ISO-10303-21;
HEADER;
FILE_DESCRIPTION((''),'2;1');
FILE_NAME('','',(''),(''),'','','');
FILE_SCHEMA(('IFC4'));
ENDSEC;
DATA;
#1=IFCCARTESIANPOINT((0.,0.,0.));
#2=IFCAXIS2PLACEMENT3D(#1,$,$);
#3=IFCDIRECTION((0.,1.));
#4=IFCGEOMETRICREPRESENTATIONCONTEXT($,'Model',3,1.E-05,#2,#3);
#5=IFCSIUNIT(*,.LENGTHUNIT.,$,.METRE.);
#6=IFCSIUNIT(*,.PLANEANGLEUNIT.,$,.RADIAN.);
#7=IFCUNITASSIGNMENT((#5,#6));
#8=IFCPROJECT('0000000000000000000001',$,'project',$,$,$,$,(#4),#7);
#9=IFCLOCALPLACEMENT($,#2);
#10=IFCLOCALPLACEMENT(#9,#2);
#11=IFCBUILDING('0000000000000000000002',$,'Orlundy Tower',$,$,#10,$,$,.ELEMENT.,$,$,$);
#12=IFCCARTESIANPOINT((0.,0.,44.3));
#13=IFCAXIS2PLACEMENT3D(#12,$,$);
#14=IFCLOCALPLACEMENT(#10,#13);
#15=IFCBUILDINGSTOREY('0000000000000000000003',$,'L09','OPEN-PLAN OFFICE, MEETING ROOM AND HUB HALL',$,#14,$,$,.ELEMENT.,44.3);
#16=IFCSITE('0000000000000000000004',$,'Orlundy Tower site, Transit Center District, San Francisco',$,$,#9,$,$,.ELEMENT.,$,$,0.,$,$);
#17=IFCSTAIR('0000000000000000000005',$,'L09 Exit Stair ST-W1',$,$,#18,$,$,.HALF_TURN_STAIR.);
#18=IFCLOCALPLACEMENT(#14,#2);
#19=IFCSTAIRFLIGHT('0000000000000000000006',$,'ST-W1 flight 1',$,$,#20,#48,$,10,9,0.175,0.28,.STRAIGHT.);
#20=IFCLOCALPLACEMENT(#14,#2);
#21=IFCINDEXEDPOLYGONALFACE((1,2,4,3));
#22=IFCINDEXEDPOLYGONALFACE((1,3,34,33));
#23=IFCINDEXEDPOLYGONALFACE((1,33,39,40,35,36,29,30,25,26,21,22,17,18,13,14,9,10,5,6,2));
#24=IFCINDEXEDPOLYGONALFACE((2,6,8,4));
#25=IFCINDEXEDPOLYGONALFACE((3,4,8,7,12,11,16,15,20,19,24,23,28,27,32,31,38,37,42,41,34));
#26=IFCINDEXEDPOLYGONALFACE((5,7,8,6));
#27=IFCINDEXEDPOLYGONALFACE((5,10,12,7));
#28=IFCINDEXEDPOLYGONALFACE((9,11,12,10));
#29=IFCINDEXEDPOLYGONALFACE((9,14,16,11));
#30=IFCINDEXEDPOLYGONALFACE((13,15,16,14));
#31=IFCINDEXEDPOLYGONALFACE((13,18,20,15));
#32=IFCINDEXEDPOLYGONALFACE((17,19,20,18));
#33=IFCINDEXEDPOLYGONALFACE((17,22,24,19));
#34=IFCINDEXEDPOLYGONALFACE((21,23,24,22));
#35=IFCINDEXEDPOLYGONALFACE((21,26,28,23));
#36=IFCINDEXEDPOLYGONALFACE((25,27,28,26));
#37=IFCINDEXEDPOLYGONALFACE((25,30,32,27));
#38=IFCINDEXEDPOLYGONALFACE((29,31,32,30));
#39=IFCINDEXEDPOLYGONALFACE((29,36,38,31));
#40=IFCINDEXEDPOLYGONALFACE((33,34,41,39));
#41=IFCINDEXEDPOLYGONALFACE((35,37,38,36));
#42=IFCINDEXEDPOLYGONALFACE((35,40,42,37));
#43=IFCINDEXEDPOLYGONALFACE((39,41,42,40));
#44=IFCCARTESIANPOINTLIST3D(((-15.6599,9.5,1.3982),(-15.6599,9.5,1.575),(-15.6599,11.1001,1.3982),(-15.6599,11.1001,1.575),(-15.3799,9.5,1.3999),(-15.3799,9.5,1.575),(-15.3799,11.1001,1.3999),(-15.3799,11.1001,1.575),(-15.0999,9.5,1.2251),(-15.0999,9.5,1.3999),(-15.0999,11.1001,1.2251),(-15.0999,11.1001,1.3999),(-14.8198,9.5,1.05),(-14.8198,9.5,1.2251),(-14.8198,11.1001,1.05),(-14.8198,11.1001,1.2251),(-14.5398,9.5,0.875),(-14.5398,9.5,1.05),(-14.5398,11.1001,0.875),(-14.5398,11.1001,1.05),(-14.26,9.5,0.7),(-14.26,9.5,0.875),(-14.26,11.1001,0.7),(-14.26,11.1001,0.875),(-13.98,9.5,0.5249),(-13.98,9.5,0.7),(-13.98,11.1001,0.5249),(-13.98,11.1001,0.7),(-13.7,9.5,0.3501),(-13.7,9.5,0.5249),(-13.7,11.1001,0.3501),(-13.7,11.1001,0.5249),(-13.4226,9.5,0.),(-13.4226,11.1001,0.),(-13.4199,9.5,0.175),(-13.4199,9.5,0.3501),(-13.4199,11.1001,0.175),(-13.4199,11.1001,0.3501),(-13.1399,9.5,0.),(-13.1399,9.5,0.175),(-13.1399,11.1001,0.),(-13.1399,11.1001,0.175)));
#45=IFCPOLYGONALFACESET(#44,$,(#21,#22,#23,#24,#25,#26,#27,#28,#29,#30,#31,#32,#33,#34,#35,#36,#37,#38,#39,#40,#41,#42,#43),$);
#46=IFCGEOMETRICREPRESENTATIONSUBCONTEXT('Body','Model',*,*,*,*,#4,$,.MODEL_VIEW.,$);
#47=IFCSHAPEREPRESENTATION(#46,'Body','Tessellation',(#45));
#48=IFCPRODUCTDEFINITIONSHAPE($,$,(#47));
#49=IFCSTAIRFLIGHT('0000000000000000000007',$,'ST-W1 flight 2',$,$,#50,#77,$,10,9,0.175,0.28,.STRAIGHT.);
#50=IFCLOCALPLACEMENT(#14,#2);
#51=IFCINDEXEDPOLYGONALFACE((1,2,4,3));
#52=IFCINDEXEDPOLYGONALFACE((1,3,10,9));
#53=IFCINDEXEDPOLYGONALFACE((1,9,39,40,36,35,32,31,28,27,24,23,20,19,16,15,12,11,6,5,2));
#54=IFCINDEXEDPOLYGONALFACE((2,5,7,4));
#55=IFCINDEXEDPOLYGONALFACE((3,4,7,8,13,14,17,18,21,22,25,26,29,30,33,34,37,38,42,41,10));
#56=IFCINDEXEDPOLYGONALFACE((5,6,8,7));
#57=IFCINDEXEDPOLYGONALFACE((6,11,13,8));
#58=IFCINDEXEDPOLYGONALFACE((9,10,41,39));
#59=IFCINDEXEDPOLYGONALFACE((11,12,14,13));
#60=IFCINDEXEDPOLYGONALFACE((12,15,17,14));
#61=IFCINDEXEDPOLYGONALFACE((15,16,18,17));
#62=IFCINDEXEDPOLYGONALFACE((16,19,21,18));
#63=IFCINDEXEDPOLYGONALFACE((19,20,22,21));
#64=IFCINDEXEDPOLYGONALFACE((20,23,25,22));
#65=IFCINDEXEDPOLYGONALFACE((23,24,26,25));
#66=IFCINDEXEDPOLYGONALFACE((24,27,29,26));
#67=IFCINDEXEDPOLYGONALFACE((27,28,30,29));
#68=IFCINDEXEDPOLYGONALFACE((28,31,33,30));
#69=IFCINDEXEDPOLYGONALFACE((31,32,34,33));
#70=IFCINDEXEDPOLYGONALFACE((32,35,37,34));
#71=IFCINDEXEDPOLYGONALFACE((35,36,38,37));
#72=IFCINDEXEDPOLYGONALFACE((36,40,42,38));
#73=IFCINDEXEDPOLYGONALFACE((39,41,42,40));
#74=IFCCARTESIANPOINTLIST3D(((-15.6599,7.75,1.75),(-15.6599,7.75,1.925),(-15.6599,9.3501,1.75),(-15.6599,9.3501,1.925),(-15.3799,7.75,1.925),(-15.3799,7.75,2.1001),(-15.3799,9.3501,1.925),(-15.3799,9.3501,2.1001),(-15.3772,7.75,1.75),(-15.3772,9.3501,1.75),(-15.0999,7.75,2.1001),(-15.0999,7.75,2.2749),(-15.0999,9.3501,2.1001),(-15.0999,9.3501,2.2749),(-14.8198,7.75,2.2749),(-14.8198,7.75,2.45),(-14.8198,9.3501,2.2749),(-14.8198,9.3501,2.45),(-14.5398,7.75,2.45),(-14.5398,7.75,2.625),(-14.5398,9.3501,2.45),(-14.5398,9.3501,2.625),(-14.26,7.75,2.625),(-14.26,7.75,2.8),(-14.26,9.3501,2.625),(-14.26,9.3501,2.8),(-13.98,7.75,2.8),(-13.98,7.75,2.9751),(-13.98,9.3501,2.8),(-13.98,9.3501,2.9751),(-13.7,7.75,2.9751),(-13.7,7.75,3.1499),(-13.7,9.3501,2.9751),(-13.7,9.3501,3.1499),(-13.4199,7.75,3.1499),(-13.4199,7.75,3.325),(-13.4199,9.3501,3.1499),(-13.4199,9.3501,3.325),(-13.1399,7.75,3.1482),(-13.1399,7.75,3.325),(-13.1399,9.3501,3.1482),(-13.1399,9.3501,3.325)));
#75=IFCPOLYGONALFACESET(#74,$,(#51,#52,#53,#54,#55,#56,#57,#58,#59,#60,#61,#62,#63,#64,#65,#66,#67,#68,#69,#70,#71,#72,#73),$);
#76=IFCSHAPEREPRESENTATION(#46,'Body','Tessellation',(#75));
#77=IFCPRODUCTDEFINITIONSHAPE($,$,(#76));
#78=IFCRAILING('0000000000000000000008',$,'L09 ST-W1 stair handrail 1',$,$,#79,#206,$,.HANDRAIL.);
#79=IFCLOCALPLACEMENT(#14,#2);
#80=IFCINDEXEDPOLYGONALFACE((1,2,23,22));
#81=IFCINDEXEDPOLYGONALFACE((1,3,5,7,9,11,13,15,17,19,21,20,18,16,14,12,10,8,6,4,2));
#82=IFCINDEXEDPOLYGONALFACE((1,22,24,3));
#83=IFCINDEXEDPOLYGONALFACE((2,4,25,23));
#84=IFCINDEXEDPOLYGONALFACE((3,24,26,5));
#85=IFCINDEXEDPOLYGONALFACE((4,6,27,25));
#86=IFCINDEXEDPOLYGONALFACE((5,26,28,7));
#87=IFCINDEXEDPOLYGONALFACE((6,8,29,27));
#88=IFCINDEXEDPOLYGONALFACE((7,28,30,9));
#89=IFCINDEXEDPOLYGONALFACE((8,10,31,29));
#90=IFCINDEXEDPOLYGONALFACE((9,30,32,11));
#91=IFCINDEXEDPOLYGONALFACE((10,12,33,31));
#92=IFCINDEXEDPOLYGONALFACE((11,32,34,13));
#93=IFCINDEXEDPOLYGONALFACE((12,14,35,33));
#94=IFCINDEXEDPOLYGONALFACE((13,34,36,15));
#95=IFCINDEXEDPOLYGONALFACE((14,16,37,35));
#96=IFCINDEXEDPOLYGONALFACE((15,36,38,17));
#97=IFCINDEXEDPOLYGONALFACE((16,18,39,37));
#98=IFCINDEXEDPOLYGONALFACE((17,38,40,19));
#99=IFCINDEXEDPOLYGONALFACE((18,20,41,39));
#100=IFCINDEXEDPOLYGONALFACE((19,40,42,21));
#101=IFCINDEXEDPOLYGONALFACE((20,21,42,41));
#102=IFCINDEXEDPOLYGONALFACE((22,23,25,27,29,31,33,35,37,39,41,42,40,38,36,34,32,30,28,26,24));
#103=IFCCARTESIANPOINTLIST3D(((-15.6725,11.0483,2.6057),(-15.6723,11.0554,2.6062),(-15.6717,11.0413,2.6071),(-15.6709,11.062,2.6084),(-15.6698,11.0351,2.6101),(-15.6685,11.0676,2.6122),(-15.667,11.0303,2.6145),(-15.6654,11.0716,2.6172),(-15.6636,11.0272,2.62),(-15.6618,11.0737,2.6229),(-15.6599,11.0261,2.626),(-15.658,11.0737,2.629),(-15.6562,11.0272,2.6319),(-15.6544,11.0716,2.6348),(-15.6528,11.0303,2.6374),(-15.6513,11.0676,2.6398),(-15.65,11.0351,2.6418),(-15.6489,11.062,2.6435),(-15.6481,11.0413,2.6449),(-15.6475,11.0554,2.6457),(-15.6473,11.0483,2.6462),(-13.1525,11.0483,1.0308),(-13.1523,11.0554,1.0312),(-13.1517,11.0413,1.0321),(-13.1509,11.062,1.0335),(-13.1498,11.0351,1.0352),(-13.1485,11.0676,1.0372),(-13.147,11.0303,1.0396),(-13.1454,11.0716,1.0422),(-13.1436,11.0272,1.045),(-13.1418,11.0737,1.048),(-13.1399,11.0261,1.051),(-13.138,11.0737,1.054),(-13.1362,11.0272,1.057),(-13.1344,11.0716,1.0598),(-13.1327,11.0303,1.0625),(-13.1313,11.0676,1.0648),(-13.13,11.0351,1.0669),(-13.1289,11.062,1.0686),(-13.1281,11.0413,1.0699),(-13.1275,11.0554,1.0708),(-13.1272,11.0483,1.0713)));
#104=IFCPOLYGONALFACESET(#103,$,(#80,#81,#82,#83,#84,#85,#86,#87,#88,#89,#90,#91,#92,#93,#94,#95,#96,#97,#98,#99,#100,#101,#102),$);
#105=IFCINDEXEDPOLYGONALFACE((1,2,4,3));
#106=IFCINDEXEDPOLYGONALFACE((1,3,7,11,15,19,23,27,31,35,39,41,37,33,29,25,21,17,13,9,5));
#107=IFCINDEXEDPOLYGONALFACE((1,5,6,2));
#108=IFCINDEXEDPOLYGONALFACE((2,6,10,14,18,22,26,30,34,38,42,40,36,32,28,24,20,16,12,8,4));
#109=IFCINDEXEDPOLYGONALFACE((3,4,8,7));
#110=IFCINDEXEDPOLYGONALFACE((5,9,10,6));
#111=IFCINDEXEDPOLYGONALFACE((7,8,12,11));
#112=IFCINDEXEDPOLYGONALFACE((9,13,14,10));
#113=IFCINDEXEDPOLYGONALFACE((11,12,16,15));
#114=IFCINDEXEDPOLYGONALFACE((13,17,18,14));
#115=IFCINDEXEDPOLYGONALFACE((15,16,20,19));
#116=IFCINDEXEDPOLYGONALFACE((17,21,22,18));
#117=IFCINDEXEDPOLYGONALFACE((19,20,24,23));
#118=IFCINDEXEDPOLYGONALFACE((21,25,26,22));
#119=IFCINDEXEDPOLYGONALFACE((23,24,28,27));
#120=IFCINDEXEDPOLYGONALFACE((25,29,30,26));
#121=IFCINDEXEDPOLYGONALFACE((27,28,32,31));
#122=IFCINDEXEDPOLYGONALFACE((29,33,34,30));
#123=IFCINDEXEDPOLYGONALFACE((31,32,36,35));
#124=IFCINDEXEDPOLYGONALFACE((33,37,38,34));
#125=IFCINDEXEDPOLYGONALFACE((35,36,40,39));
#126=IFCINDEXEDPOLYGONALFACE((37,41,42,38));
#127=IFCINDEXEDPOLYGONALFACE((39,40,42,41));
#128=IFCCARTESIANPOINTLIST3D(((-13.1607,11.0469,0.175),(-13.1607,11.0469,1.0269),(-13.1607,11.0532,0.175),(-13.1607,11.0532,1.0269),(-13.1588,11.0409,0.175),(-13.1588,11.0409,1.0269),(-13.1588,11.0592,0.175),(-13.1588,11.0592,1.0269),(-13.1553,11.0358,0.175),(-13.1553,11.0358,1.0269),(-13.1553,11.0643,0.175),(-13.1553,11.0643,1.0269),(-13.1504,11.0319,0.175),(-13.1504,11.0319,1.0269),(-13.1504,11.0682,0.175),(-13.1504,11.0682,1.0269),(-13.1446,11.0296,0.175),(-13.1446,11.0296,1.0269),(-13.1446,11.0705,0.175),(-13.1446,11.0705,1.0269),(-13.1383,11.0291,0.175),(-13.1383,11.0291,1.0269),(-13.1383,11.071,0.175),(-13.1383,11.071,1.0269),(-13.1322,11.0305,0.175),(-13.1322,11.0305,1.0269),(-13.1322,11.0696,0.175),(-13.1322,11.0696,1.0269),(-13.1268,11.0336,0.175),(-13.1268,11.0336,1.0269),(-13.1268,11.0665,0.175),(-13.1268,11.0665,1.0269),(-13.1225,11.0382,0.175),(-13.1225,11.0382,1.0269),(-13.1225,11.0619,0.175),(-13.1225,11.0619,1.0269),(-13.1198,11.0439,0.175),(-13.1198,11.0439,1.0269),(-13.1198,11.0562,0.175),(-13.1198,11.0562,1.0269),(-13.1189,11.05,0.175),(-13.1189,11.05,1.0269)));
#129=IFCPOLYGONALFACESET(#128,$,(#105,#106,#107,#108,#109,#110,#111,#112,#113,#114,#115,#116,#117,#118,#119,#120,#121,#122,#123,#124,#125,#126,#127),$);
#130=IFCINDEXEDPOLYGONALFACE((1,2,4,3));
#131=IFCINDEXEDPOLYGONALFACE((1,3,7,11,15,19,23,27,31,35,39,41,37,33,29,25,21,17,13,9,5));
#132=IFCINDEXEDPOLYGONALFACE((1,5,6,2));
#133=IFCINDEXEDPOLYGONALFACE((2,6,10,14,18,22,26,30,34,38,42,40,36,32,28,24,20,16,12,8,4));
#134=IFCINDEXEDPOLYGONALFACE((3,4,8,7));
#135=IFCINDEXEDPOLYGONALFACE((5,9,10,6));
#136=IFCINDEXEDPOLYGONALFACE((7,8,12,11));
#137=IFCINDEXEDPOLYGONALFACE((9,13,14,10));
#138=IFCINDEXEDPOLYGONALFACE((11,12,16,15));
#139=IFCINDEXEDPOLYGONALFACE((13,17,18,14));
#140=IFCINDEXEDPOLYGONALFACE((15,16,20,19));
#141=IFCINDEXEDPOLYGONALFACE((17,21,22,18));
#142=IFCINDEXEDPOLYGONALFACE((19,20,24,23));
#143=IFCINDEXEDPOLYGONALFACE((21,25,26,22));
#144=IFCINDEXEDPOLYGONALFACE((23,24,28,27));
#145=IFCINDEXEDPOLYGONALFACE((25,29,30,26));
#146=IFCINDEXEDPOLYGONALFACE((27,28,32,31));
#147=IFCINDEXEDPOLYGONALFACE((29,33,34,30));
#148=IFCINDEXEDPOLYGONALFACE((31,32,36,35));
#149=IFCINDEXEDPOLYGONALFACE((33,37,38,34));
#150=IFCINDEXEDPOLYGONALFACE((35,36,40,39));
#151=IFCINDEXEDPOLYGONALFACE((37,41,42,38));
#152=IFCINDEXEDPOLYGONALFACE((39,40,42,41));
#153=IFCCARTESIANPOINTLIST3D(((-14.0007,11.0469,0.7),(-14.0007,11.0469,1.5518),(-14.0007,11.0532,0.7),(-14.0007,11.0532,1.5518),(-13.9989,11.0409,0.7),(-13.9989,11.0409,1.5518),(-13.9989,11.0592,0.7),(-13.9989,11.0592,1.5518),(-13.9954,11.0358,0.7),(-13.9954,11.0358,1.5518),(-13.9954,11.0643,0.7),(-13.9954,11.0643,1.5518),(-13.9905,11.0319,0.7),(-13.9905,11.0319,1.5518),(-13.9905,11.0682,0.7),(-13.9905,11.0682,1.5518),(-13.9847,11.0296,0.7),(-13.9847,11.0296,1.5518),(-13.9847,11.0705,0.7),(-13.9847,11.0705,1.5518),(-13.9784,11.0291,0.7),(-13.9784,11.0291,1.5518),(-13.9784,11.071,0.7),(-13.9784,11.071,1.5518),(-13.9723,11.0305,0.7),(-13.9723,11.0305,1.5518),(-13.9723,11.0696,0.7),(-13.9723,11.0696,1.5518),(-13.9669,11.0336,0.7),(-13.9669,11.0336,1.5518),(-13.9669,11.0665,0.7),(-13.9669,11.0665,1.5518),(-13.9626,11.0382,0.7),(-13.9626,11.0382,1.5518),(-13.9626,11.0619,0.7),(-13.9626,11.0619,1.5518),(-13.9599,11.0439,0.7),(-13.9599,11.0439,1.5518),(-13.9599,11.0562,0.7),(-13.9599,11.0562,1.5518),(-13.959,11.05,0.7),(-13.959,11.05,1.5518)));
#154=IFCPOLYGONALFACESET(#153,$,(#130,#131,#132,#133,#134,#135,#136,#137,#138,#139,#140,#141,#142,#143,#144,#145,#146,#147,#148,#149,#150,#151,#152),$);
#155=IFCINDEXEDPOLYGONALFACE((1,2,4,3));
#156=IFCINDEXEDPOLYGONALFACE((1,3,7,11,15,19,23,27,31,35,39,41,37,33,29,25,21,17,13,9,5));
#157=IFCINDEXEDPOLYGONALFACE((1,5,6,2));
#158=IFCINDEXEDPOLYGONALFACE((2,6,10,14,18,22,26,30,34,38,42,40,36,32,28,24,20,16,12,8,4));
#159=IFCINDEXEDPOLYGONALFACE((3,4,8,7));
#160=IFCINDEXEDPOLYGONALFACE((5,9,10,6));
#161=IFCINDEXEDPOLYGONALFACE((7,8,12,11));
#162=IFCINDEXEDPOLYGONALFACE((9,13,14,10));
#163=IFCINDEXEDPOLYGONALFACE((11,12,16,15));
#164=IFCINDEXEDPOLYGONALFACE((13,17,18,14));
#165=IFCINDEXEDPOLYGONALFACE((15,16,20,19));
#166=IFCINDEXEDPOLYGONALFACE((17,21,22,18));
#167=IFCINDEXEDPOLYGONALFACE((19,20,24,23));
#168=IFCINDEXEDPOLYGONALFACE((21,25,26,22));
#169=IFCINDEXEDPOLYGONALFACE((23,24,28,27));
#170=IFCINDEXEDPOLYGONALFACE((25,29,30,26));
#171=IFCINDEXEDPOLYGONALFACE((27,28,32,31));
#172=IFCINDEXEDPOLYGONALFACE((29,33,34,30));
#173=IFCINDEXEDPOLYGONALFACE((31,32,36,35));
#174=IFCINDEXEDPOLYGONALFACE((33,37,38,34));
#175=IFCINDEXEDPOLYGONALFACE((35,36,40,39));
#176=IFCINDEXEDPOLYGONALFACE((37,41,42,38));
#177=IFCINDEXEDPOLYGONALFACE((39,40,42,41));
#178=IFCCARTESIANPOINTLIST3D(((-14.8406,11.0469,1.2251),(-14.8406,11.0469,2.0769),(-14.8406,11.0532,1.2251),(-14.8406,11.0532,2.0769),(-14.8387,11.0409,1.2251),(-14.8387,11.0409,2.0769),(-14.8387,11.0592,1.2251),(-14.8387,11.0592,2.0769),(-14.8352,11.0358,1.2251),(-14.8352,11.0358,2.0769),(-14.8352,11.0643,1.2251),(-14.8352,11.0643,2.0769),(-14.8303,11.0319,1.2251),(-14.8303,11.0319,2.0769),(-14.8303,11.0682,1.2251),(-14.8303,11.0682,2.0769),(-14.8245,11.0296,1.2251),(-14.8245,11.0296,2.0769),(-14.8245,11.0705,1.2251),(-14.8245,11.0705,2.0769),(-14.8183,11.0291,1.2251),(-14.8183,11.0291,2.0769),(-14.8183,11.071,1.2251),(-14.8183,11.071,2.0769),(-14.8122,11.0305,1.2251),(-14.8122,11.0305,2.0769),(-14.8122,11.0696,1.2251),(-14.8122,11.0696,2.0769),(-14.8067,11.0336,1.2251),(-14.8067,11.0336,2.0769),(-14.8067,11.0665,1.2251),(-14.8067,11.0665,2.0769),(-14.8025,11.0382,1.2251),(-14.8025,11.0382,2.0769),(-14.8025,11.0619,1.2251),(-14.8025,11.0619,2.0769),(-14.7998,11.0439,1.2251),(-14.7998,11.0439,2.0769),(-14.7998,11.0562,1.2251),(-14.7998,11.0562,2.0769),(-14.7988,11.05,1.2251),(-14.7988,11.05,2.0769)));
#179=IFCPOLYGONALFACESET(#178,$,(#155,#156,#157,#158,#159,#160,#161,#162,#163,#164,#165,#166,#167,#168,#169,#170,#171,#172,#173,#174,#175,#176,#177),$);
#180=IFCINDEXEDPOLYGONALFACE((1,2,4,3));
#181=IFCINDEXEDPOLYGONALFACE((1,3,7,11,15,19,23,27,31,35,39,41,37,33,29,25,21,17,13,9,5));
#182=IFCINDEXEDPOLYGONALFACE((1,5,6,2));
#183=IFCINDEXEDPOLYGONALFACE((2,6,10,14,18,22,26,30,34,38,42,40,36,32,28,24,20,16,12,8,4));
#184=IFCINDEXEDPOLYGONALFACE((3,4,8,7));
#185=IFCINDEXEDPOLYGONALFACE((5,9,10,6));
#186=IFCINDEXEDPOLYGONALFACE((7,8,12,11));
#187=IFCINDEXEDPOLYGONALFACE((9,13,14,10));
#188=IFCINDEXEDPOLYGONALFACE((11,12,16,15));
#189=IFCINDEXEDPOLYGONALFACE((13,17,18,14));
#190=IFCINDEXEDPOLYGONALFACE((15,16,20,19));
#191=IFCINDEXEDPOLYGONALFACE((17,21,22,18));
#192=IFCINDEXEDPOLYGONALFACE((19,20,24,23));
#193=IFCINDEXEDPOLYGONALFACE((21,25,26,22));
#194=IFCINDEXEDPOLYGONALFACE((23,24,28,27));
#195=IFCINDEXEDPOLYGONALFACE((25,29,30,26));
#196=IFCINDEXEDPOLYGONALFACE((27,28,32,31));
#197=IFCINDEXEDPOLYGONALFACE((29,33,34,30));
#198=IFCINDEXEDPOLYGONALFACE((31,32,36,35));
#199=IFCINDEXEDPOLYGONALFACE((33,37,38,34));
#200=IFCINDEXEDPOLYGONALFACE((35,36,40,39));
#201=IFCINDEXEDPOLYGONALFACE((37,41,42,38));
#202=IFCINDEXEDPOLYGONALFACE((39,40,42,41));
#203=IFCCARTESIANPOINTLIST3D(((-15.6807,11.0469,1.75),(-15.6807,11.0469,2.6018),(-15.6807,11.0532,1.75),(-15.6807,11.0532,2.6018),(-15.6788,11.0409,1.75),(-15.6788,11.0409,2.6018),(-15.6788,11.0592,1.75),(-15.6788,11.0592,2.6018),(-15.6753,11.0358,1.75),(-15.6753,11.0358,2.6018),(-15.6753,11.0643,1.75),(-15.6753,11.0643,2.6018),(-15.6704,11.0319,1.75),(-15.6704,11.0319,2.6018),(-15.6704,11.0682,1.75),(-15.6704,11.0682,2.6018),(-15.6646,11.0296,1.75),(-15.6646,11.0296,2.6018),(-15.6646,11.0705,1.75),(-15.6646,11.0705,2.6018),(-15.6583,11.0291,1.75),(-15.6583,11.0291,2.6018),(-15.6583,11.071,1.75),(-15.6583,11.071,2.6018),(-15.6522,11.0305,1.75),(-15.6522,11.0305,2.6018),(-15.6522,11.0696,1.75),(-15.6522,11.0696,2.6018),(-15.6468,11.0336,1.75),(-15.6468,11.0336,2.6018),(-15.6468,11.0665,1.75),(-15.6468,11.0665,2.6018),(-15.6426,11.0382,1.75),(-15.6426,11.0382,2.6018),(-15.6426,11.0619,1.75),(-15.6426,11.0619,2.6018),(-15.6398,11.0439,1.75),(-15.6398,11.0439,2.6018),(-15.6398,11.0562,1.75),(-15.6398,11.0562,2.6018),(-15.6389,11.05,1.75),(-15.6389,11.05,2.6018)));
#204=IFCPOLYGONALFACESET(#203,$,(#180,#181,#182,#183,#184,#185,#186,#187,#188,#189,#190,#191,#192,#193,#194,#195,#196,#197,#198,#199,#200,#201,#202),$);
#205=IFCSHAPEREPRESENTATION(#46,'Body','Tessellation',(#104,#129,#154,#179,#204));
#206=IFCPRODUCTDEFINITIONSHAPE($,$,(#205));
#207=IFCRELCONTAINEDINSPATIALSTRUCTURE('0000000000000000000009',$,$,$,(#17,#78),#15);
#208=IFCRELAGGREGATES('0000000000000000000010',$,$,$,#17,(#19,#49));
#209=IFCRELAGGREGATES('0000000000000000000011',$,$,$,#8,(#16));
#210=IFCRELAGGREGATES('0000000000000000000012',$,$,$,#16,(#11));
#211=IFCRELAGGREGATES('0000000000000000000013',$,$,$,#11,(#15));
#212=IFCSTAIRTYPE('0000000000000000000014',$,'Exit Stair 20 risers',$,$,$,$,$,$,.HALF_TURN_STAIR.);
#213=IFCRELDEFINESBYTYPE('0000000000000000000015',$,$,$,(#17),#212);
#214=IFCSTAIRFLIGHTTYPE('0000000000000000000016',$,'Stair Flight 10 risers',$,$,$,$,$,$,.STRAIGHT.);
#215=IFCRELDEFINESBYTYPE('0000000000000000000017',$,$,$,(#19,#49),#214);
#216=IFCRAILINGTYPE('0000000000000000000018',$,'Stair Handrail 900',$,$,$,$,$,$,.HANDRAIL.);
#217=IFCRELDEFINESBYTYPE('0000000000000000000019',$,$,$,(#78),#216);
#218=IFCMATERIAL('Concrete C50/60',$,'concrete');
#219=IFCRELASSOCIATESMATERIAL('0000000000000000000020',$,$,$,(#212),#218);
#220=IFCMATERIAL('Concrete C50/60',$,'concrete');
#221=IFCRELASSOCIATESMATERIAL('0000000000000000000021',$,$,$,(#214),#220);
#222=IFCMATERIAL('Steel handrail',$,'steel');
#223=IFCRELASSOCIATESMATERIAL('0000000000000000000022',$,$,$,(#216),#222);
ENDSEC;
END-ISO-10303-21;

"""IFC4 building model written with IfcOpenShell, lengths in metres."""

from ifc_helpers import new_model, si_unit, direction, frame, origin, origin_2d, place, context, subcontext, project, spatial, polyline, circle, outline, extrude, material, type_object, element, aggregate, save


model = new_model("IFC4")

# Units and contexts
model_context = context("Model", 3, precision=1e-05, world=origin(), true_north=direction((0.0, 1.0)))
body_context = subcontext(model_context, "Body", "Model", "MODEL_VIEW")
ifc_project = project(units=[si_unit("LENGTHUNIT", "METRE"), si_unit("PLANEANGLEUNIT", "RADIAN")], contexts=[model_context])

# Site, building, storey
site_placement = place(None, origin())
site = spatial("IfcSite", under=ifc_project, at=site_placement, Name="Orlundy Tower site, Transit Center District, San Francisco", CompositionType="ELEMENT", RefElevation=0.0)
building_placement = place(site_placement, origin())
building = spatial("IfcBuilding", under=site, at=building_placement, Name="Orlundy Tower", CompositionType="ELEMENT")
storey_placement = place(building_placement, frame((0.0, 0.0, 44.3)))
storey = spatial("IfcBuildingStorey", under=building, at=storey_placement, Name="L09", Description="OPEN-PLAN OFFICE, MEETING ROOM AND HUB HALL", CompositionType="ELEMENT", Elevation=44.3)

# Stair, stair flights
ifc_material_1 = material(Name="Concrete C50/60", Category="concrete")
stair_type = type_object("IfcStairType", Name="Exit Stair 20 risers", PredefinedType="HALF_TURN_STAIR", material=ifc_material_1)
stair_placement = place(storey_placement, origin())
stair = element("IfcStair", 1, at=stair_placement, inside=storey, type_object=stair_type, Name="L09 Exit Stair ST-W1", PredefinedType="HALF_TURN_STAIR")
ifc_material_2 = material(Name="Concrete C50/60", Category="concrete")
stair_flight_type = type_object("IfcStairFlightType", Name="Stair Flight 10 risers", PredefinedType="STRAIGHT", material=ifc_material_2)
stair_flight_1_placement = place(storey_placement, frame((-13.1399, 10.3, 0.0), z_axis=(0.0, 0.0, 1.0), x_axis=(-1.0, 0.0, 0.0)))
stair_flight_1 = element("IfcStairFlight", 2, at=stair_flight_1_placement, type_object=stair_flight_type, Name="ST-W1 flight 1", NumberOfRisers=10, NumberOfTreads=9, PredefinedType="STRAIGHT", RiserHeight=0.175, TreadLength=0.28, context=body_context, shape_type="SweptSolid", body=[
    extrude(outline(polyline([(0.0, 0.0), (0.0, 0.175), (0.28, 0.175), (0.28, 0.3501), (0.5601, 0.3501), (0.5601, 0.5249), (0.8401, 0.5249), (0.8401, 0.7), (1.1201, 0.7), (1.1201, 0.875), (1.3999, 0.875), (1.3999, 1.05), (1.6799, 1.05), (1.6799, 1.2251), (1.96, 1.2251), (1.96, 1.3999), (2.24, 1.3999), (2.24, 1.575), (2.52, 1.575), (2.52, 1.75), (2.52, 1.3982), (0.2827, 0.0), (0.0, 0.0)])), frame((0.0, 0.8, 0.0), z_axis=(0.0, -1.0, 0.0), x_axis=(1.0, 0.0, 0.0)), (0.0, 0.0, 1.0), 1.6001),
])
stair_flight_2_placement = place(storey_placement, frame((-15.6599, 8.55, 1.75), z_axis=(0.0, 0.0, 1.0), x_axis=(1.0, 0.0, 0.0)))
stair_flight_2 = element("IfcStairFlight", 3, at=stair_flight_2_placement, type_object=stair_flight_type, Name="ST-W1 flight 2", NumberOfRisers=10, NumberOfTreads=9, PredefinedType="STRAIGHT", RiserHeight=0.175, TreadLength=0.28, context=body_context, shape_type="SweptSolid", body=[
    extrude(outline(polyline([(0.0, 0.0), (0.0, 0.175), (0.28, 0.175), (0.28, 0.3501), (0.5601, 0.3501), (0.5601, 0.5249), (0.8401, 0.5249), (0.8401, 0.7), (1.1201, 0.7), (1.1201, 0.875), (1.3999, 0.875), (1.3999, 1.05), (1.6799, 1.05), (1.6799, 1.2251), (1.96, 1.2251), (1.96, 1.3999), (2.24, 1.3999), (2.24, 1.575), (2.52, 1.575), (2.52, 1.75), (2.52, 1.3982), (0.2827, 0.0), (0.0, 0.0)])), frame((0.0, 0.8, 0.0), z_axis=(0.0, -1.0, 0.0), x_axis=(1.0, 0.0, 0.0)), (0.0, 0.0, 1.0), 1.6001),
])
aggregate(stair, [stair_flight_1, stair_flight_2])

# Railing
ifc_material_3 = material(Name="Steel handrail", Category="steel")
railing_type_1 = type_object("IfcRailingType", Name="Stair Handrail 900", PredefinedType="HANDRAIL", material=ifc_material_3)
railing_1_placement = place(storey_placement, frame((-13.1399, 11.05, 0.175)))
element("IfcRailing", 4, at=railing_1_placement, inside=storey, type_object=railing_type_1, Name="L09 ST-W1 stair handrail 1", PredefinedType="HANDRAIL", context=body_context, shape_type="SweptSolid", body=[
    extrude(circle(Radius=0.0239, at=origin_2d()), frame((0.0, 0.0, 0.876), z_axis=(-0.848008, 0.0, 0.529984), x_axis=(0.0, -1.0, 0.0)), (0.0, 0.0, 1.0), 2.9717),
    extrude(circle(Radius=0.021, at=origin_2d()), origin(), (0.0, 0.0, 1.0), 0.8518),
    extrude(circle(Radius=0.021, at=origin_2d()), frame((-0.8401, 0.0, 0.5249)), (0.0, 0.0, 1.0), 0.8518),
    extrude(circle(Radius=0.021, at=origin_2d()), frame((-1.6799, 0.0, 1.05)), (0.0, 0.0, 1.0), 0.8518),
    extrude(circle(Radius=0.021, at=origin_2d()), frame((-2.52, 0.0, 1.575)), (0.0, 0.0, 1.0), 0.8518),
])

save(model, "model.ifc")
